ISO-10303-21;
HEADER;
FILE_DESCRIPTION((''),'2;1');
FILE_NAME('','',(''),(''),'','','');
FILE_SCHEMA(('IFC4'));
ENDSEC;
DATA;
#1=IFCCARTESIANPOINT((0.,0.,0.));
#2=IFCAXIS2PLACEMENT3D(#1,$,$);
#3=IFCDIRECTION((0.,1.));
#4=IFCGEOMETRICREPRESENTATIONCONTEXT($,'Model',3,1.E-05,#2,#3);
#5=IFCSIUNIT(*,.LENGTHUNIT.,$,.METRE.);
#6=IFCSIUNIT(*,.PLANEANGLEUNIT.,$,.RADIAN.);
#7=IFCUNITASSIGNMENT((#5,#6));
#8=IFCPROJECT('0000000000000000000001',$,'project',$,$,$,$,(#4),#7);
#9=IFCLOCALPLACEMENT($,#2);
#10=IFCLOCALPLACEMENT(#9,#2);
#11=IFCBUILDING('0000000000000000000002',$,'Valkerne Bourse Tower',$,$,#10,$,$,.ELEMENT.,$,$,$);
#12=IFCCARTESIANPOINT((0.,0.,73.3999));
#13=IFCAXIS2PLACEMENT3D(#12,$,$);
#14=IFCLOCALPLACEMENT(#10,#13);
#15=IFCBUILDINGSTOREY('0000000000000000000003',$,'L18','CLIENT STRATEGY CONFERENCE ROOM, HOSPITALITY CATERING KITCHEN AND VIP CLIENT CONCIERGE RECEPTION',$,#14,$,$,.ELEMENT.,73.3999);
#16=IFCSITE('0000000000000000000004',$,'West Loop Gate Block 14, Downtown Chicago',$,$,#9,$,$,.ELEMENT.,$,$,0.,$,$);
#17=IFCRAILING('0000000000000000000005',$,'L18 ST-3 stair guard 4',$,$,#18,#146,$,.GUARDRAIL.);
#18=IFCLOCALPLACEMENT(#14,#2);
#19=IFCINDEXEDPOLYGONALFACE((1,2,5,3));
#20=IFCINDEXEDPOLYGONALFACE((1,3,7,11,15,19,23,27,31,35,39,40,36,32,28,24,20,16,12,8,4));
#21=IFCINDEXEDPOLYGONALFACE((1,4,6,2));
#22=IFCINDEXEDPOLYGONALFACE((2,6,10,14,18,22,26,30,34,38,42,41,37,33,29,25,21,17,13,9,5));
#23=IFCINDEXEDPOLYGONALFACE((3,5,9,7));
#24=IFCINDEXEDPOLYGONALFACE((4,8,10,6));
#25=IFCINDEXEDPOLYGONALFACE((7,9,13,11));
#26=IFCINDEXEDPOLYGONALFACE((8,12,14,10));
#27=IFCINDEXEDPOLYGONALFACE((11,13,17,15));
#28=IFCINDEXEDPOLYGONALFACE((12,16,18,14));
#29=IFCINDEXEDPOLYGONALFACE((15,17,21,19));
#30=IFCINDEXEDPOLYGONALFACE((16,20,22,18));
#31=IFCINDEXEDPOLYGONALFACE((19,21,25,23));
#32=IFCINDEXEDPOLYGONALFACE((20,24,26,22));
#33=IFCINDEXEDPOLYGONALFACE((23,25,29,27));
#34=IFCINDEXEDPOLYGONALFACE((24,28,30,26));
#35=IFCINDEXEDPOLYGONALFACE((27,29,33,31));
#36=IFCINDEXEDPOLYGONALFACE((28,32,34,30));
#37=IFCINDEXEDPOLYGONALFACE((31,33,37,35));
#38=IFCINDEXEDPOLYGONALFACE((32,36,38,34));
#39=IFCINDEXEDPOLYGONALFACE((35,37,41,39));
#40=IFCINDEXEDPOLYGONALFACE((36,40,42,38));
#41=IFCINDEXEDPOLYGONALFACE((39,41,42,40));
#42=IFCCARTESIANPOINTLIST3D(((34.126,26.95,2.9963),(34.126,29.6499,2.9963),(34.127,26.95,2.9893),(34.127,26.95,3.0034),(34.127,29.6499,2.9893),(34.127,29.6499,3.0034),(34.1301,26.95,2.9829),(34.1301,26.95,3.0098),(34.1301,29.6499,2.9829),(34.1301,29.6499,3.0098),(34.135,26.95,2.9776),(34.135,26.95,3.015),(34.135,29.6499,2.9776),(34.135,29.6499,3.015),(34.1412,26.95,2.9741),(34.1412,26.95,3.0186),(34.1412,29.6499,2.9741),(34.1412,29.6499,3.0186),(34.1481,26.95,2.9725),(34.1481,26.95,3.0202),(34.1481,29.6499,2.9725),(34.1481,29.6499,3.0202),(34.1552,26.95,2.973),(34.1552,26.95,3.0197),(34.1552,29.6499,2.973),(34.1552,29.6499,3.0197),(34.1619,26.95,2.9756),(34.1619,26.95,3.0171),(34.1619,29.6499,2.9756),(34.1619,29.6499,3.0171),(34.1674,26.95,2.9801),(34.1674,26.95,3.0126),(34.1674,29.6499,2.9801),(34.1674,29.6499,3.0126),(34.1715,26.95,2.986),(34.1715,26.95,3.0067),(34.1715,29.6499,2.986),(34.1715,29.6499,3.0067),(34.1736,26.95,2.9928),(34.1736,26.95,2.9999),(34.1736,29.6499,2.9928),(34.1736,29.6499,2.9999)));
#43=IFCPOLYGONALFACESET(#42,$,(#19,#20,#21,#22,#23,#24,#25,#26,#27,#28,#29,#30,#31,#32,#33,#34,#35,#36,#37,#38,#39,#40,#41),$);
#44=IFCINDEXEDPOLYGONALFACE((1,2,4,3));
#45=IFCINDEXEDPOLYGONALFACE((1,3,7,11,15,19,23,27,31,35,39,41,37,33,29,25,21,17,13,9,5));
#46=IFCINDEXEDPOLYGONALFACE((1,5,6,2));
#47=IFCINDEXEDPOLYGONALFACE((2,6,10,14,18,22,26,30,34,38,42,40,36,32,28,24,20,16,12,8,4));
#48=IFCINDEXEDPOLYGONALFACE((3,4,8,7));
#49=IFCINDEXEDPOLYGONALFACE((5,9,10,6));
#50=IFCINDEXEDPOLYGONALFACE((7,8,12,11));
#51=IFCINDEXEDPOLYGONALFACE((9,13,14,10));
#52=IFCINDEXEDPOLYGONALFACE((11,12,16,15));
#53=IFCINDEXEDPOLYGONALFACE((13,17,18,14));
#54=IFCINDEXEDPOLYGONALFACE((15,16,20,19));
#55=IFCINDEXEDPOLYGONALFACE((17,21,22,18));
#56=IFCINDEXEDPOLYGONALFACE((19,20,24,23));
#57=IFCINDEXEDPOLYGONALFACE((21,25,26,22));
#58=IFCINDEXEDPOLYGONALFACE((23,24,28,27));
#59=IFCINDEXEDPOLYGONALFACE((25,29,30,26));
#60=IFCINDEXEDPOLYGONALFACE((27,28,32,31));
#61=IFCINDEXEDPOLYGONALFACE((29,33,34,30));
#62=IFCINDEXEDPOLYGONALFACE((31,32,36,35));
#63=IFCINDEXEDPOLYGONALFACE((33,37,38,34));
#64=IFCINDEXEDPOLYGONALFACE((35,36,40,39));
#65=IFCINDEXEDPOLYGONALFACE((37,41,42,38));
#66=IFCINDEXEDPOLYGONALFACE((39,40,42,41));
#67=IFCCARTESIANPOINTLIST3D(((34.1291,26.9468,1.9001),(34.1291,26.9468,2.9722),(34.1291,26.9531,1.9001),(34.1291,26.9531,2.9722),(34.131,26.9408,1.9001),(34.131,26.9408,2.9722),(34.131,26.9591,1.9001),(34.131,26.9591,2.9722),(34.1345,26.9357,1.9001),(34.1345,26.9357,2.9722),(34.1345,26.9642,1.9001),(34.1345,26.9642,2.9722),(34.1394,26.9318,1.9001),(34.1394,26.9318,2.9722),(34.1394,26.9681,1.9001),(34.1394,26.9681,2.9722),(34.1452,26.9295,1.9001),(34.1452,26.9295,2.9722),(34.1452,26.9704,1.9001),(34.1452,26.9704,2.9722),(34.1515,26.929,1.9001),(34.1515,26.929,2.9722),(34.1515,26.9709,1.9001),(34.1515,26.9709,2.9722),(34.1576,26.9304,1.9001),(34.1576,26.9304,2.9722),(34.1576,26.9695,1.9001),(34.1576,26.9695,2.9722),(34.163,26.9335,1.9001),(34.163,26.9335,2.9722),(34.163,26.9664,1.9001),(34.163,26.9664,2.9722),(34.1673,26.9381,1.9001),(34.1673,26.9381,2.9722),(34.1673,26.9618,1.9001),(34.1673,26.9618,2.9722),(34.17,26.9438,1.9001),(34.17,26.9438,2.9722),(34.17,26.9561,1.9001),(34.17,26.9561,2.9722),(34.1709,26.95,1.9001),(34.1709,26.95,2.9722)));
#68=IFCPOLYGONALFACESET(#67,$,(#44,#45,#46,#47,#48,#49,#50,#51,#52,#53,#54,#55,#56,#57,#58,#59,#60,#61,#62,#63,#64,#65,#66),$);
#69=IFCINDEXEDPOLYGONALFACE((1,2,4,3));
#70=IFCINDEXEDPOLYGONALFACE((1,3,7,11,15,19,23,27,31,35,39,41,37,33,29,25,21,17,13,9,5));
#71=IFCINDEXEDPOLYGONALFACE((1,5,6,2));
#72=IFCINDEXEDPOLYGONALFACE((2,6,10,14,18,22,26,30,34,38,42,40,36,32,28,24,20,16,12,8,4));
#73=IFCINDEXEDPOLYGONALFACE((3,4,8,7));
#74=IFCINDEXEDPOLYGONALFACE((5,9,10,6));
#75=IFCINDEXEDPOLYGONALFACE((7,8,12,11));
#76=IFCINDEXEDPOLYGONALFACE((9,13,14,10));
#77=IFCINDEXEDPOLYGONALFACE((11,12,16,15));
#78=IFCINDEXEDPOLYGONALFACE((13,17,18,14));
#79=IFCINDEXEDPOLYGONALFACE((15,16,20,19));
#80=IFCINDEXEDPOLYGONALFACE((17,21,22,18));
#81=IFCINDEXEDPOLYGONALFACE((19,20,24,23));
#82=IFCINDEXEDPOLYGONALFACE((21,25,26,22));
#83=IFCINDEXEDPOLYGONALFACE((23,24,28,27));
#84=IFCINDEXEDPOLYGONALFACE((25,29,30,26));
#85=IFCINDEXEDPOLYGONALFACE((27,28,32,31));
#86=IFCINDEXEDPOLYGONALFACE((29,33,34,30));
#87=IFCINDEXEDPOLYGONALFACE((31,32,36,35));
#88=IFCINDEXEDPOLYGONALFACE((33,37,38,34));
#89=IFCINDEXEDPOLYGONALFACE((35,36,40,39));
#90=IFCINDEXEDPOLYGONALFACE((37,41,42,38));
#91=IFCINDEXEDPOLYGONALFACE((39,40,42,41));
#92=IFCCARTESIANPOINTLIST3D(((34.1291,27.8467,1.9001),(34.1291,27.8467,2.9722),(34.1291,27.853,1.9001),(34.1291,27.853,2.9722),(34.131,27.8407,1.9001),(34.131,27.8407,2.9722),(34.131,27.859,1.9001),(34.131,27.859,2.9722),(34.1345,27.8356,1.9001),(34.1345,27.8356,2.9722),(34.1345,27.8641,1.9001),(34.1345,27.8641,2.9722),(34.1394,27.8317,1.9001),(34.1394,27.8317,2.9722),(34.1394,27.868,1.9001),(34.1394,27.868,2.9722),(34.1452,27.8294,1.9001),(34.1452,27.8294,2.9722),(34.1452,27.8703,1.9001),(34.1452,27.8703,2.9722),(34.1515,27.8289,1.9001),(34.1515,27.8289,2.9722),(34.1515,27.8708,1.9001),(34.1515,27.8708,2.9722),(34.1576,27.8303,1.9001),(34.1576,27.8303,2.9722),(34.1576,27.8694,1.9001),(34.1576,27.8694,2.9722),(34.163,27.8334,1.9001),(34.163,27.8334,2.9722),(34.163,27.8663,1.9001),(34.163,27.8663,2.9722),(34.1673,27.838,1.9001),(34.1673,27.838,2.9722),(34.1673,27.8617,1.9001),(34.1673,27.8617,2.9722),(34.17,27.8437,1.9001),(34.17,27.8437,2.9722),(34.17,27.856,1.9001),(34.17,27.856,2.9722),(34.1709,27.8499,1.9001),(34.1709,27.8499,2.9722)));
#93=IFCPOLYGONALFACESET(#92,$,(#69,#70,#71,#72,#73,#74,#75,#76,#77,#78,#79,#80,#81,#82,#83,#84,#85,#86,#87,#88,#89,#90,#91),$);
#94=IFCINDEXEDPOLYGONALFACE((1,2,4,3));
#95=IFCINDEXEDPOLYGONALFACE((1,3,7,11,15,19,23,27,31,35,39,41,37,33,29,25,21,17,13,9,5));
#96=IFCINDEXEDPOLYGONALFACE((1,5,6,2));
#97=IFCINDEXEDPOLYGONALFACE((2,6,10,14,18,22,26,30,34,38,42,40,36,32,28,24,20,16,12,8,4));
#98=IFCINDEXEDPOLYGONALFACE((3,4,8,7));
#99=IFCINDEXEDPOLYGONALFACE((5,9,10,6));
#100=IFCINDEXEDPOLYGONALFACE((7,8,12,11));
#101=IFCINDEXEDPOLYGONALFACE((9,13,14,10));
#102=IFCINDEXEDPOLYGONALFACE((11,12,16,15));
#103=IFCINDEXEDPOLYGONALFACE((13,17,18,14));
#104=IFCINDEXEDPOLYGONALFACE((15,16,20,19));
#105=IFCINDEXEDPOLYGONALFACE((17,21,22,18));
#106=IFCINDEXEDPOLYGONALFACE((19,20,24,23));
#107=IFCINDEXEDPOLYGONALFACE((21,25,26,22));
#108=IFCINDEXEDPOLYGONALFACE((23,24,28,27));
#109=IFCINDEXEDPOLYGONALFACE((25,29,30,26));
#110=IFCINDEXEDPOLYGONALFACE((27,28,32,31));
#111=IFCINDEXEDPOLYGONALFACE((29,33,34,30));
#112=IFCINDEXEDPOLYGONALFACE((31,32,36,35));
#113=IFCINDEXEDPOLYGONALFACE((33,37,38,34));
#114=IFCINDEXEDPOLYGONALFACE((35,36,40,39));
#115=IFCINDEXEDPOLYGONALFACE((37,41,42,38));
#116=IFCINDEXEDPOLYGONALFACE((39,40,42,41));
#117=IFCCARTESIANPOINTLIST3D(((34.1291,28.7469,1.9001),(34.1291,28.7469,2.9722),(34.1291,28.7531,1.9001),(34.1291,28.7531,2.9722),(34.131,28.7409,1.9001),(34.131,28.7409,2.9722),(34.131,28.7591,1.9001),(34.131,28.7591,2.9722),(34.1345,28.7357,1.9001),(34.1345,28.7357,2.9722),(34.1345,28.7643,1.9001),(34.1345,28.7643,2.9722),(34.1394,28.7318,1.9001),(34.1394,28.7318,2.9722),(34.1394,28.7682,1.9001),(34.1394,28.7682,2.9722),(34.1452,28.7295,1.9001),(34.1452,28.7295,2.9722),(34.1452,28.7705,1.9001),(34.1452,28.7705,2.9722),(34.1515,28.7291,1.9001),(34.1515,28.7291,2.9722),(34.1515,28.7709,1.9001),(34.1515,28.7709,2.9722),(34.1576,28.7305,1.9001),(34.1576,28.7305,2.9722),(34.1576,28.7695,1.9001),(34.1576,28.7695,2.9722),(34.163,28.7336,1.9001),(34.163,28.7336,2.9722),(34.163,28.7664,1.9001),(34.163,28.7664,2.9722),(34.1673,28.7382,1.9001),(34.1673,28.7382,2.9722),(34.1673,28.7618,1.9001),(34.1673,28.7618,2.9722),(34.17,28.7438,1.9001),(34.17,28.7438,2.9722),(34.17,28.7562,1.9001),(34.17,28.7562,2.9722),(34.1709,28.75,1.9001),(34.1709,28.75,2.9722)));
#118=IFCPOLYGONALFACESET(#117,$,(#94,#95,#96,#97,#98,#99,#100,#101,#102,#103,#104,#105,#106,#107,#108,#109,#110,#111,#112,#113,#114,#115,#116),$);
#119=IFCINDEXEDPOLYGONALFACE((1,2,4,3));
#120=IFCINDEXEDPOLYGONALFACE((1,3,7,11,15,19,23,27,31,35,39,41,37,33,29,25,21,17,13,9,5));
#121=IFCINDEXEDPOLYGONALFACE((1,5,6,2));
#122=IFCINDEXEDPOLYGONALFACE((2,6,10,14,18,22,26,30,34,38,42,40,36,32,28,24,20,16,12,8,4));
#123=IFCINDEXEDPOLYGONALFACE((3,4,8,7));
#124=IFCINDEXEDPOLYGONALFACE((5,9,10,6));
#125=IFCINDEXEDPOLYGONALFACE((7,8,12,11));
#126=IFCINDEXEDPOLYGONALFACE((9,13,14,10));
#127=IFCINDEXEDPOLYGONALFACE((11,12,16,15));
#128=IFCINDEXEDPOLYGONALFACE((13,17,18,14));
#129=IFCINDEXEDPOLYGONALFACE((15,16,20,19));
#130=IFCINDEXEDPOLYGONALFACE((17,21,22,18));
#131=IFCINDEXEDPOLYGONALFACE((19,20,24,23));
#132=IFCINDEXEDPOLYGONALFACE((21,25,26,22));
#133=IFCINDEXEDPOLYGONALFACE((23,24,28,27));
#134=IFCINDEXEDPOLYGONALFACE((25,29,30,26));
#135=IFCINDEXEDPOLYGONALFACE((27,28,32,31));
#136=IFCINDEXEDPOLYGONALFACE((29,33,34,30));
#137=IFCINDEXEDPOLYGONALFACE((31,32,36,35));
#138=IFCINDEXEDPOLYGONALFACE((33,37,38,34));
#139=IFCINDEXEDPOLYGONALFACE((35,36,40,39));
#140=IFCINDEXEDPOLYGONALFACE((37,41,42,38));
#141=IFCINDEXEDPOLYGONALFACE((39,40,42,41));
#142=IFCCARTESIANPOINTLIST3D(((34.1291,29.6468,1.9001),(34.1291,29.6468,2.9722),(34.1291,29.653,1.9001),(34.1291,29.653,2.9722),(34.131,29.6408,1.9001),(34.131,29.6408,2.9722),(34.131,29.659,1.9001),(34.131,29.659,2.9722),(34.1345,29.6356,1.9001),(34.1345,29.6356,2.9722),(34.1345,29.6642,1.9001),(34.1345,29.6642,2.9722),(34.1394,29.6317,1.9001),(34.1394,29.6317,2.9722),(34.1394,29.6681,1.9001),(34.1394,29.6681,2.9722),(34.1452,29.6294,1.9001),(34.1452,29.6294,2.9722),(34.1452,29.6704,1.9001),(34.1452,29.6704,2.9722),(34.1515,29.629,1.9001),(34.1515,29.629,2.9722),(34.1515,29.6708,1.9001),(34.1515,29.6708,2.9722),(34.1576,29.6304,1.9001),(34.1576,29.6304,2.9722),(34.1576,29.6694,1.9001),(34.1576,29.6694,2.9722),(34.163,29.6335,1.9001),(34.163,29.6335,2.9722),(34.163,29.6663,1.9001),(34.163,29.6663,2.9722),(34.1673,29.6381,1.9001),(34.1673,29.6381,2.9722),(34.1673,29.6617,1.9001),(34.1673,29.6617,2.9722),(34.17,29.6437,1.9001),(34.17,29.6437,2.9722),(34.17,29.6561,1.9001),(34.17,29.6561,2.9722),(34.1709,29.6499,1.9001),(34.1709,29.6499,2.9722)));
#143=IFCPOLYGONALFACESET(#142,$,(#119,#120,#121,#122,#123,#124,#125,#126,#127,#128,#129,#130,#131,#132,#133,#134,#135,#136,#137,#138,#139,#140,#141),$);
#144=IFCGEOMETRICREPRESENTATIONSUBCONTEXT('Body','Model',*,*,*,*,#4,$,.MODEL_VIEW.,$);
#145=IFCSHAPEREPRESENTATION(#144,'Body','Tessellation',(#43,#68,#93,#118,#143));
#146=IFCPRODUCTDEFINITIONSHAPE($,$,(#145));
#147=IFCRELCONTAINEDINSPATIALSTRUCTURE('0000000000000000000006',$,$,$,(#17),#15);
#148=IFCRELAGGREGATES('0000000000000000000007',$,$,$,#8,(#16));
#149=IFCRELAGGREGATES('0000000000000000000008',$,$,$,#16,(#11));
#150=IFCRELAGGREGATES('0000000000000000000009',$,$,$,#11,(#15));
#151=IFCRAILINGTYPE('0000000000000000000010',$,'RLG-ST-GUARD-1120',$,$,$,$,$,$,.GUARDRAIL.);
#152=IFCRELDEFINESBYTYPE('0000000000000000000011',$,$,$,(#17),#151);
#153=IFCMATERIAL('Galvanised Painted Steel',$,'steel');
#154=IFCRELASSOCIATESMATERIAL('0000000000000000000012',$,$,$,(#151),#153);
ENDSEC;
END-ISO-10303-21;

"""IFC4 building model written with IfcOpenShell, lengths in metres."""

from ifc_helpers import new_model, si_unit, direction, frame, origin, origin_2d, place, context, subcontext, project, spatial, circle, extrude, material, type_object, element, save


model = new_model("IFC4")

# Units and contexts
model_context = context("Model", 3, precision=1e-05, world=origin(), true_north=direction((0.0, 1.0)))
body_context = subcontext(model_context, "Body", "Model", "MODEL_VIEW")
ifc_project = project(units=[si_unit("LENGTHUNIT", "METRE"), si_unit("PLANEANGLEUNIT", "RADIAN")], contexts=[model_context])

# Site, building, storey
site_placement = place(None, origin())
site = spatial("IfcSite", under=ifc_project, at=site_placement, Name="West Loop Gate Block 14, Downtown Chicago", CompositionType="ELEMENT", RefElevation=0.0)
building_placement = place(site_placement, origin())
building = spatial("IfcBuilding", under=site, at=building_placement, Name="Valkerne Bourse Tower", CompositionType="ELEMENT")
storey_placement = place(building_placement, frame((0.0, 0.0, 73.3999)))
storey = spatial("IfcBuildingStorey", under=building, at=storey_placement, Name="L18", Description="CLIENT STRATEGY CONFERENCE ROOM, HOSPITALITY CATERING KITCHEN AND VIP CLIENT CONCIERGE RECEPTION", CompositionType="ELEMENT", Elevation=73.3999)

# Railing
ifc_material_1 = material(Name="Galvanised Painted Steel", Category="steel")
railing_type_1 = type_object("IfcRailingType", Name="RLG-ST-GUARD-1120", PredefinedType="GUARDRAIL", material=ifc_material_1)
railing_1_placement = place(storey_placement, frame((34.1499, 26.95, 1.9001)))
element("IfcRailing", 1, at=railing_1_placement, inside=storey, type_object=railing_type_1, Name="L18 ST-3 stair guard 4", PredefinedType="GUARDRAIL", context=body_context, shape_type="SweptSolid", body=[
    extrude(circle(Radius=0.0239, at=origin_2d()), frame((0.0, 0.0, 1.0962), z_axis=(0.0, 1.0, 0.0), x_axis=(-1.0, 0.0, 0.0)), (0.0, 0.0, 1.0), 2.7),
    extrude(circle(Radius=0.021, at=origin_2d()), origin(), (0.0, 0.0, 1.0), 1.072),
    extrude(circle(Radius=0.021, at=origin_2d()), frame((0.0, 0.8999, 0.0)), (0.0, 0.0, 1.0), 1.072),
    extrude(circle(Radius=0.021, at=origin_2d()), frame((0.0, 1.8, 0.0)), (0.0, 0.0, 1.0), 1.072),
    extrude(circle(Radius=0.021, at=origin_2d()), frame((0.0, 2.7, 0.0)), (0.0, 0.0, 1.0), 1.072),
])

save(model, "model.ifc")
